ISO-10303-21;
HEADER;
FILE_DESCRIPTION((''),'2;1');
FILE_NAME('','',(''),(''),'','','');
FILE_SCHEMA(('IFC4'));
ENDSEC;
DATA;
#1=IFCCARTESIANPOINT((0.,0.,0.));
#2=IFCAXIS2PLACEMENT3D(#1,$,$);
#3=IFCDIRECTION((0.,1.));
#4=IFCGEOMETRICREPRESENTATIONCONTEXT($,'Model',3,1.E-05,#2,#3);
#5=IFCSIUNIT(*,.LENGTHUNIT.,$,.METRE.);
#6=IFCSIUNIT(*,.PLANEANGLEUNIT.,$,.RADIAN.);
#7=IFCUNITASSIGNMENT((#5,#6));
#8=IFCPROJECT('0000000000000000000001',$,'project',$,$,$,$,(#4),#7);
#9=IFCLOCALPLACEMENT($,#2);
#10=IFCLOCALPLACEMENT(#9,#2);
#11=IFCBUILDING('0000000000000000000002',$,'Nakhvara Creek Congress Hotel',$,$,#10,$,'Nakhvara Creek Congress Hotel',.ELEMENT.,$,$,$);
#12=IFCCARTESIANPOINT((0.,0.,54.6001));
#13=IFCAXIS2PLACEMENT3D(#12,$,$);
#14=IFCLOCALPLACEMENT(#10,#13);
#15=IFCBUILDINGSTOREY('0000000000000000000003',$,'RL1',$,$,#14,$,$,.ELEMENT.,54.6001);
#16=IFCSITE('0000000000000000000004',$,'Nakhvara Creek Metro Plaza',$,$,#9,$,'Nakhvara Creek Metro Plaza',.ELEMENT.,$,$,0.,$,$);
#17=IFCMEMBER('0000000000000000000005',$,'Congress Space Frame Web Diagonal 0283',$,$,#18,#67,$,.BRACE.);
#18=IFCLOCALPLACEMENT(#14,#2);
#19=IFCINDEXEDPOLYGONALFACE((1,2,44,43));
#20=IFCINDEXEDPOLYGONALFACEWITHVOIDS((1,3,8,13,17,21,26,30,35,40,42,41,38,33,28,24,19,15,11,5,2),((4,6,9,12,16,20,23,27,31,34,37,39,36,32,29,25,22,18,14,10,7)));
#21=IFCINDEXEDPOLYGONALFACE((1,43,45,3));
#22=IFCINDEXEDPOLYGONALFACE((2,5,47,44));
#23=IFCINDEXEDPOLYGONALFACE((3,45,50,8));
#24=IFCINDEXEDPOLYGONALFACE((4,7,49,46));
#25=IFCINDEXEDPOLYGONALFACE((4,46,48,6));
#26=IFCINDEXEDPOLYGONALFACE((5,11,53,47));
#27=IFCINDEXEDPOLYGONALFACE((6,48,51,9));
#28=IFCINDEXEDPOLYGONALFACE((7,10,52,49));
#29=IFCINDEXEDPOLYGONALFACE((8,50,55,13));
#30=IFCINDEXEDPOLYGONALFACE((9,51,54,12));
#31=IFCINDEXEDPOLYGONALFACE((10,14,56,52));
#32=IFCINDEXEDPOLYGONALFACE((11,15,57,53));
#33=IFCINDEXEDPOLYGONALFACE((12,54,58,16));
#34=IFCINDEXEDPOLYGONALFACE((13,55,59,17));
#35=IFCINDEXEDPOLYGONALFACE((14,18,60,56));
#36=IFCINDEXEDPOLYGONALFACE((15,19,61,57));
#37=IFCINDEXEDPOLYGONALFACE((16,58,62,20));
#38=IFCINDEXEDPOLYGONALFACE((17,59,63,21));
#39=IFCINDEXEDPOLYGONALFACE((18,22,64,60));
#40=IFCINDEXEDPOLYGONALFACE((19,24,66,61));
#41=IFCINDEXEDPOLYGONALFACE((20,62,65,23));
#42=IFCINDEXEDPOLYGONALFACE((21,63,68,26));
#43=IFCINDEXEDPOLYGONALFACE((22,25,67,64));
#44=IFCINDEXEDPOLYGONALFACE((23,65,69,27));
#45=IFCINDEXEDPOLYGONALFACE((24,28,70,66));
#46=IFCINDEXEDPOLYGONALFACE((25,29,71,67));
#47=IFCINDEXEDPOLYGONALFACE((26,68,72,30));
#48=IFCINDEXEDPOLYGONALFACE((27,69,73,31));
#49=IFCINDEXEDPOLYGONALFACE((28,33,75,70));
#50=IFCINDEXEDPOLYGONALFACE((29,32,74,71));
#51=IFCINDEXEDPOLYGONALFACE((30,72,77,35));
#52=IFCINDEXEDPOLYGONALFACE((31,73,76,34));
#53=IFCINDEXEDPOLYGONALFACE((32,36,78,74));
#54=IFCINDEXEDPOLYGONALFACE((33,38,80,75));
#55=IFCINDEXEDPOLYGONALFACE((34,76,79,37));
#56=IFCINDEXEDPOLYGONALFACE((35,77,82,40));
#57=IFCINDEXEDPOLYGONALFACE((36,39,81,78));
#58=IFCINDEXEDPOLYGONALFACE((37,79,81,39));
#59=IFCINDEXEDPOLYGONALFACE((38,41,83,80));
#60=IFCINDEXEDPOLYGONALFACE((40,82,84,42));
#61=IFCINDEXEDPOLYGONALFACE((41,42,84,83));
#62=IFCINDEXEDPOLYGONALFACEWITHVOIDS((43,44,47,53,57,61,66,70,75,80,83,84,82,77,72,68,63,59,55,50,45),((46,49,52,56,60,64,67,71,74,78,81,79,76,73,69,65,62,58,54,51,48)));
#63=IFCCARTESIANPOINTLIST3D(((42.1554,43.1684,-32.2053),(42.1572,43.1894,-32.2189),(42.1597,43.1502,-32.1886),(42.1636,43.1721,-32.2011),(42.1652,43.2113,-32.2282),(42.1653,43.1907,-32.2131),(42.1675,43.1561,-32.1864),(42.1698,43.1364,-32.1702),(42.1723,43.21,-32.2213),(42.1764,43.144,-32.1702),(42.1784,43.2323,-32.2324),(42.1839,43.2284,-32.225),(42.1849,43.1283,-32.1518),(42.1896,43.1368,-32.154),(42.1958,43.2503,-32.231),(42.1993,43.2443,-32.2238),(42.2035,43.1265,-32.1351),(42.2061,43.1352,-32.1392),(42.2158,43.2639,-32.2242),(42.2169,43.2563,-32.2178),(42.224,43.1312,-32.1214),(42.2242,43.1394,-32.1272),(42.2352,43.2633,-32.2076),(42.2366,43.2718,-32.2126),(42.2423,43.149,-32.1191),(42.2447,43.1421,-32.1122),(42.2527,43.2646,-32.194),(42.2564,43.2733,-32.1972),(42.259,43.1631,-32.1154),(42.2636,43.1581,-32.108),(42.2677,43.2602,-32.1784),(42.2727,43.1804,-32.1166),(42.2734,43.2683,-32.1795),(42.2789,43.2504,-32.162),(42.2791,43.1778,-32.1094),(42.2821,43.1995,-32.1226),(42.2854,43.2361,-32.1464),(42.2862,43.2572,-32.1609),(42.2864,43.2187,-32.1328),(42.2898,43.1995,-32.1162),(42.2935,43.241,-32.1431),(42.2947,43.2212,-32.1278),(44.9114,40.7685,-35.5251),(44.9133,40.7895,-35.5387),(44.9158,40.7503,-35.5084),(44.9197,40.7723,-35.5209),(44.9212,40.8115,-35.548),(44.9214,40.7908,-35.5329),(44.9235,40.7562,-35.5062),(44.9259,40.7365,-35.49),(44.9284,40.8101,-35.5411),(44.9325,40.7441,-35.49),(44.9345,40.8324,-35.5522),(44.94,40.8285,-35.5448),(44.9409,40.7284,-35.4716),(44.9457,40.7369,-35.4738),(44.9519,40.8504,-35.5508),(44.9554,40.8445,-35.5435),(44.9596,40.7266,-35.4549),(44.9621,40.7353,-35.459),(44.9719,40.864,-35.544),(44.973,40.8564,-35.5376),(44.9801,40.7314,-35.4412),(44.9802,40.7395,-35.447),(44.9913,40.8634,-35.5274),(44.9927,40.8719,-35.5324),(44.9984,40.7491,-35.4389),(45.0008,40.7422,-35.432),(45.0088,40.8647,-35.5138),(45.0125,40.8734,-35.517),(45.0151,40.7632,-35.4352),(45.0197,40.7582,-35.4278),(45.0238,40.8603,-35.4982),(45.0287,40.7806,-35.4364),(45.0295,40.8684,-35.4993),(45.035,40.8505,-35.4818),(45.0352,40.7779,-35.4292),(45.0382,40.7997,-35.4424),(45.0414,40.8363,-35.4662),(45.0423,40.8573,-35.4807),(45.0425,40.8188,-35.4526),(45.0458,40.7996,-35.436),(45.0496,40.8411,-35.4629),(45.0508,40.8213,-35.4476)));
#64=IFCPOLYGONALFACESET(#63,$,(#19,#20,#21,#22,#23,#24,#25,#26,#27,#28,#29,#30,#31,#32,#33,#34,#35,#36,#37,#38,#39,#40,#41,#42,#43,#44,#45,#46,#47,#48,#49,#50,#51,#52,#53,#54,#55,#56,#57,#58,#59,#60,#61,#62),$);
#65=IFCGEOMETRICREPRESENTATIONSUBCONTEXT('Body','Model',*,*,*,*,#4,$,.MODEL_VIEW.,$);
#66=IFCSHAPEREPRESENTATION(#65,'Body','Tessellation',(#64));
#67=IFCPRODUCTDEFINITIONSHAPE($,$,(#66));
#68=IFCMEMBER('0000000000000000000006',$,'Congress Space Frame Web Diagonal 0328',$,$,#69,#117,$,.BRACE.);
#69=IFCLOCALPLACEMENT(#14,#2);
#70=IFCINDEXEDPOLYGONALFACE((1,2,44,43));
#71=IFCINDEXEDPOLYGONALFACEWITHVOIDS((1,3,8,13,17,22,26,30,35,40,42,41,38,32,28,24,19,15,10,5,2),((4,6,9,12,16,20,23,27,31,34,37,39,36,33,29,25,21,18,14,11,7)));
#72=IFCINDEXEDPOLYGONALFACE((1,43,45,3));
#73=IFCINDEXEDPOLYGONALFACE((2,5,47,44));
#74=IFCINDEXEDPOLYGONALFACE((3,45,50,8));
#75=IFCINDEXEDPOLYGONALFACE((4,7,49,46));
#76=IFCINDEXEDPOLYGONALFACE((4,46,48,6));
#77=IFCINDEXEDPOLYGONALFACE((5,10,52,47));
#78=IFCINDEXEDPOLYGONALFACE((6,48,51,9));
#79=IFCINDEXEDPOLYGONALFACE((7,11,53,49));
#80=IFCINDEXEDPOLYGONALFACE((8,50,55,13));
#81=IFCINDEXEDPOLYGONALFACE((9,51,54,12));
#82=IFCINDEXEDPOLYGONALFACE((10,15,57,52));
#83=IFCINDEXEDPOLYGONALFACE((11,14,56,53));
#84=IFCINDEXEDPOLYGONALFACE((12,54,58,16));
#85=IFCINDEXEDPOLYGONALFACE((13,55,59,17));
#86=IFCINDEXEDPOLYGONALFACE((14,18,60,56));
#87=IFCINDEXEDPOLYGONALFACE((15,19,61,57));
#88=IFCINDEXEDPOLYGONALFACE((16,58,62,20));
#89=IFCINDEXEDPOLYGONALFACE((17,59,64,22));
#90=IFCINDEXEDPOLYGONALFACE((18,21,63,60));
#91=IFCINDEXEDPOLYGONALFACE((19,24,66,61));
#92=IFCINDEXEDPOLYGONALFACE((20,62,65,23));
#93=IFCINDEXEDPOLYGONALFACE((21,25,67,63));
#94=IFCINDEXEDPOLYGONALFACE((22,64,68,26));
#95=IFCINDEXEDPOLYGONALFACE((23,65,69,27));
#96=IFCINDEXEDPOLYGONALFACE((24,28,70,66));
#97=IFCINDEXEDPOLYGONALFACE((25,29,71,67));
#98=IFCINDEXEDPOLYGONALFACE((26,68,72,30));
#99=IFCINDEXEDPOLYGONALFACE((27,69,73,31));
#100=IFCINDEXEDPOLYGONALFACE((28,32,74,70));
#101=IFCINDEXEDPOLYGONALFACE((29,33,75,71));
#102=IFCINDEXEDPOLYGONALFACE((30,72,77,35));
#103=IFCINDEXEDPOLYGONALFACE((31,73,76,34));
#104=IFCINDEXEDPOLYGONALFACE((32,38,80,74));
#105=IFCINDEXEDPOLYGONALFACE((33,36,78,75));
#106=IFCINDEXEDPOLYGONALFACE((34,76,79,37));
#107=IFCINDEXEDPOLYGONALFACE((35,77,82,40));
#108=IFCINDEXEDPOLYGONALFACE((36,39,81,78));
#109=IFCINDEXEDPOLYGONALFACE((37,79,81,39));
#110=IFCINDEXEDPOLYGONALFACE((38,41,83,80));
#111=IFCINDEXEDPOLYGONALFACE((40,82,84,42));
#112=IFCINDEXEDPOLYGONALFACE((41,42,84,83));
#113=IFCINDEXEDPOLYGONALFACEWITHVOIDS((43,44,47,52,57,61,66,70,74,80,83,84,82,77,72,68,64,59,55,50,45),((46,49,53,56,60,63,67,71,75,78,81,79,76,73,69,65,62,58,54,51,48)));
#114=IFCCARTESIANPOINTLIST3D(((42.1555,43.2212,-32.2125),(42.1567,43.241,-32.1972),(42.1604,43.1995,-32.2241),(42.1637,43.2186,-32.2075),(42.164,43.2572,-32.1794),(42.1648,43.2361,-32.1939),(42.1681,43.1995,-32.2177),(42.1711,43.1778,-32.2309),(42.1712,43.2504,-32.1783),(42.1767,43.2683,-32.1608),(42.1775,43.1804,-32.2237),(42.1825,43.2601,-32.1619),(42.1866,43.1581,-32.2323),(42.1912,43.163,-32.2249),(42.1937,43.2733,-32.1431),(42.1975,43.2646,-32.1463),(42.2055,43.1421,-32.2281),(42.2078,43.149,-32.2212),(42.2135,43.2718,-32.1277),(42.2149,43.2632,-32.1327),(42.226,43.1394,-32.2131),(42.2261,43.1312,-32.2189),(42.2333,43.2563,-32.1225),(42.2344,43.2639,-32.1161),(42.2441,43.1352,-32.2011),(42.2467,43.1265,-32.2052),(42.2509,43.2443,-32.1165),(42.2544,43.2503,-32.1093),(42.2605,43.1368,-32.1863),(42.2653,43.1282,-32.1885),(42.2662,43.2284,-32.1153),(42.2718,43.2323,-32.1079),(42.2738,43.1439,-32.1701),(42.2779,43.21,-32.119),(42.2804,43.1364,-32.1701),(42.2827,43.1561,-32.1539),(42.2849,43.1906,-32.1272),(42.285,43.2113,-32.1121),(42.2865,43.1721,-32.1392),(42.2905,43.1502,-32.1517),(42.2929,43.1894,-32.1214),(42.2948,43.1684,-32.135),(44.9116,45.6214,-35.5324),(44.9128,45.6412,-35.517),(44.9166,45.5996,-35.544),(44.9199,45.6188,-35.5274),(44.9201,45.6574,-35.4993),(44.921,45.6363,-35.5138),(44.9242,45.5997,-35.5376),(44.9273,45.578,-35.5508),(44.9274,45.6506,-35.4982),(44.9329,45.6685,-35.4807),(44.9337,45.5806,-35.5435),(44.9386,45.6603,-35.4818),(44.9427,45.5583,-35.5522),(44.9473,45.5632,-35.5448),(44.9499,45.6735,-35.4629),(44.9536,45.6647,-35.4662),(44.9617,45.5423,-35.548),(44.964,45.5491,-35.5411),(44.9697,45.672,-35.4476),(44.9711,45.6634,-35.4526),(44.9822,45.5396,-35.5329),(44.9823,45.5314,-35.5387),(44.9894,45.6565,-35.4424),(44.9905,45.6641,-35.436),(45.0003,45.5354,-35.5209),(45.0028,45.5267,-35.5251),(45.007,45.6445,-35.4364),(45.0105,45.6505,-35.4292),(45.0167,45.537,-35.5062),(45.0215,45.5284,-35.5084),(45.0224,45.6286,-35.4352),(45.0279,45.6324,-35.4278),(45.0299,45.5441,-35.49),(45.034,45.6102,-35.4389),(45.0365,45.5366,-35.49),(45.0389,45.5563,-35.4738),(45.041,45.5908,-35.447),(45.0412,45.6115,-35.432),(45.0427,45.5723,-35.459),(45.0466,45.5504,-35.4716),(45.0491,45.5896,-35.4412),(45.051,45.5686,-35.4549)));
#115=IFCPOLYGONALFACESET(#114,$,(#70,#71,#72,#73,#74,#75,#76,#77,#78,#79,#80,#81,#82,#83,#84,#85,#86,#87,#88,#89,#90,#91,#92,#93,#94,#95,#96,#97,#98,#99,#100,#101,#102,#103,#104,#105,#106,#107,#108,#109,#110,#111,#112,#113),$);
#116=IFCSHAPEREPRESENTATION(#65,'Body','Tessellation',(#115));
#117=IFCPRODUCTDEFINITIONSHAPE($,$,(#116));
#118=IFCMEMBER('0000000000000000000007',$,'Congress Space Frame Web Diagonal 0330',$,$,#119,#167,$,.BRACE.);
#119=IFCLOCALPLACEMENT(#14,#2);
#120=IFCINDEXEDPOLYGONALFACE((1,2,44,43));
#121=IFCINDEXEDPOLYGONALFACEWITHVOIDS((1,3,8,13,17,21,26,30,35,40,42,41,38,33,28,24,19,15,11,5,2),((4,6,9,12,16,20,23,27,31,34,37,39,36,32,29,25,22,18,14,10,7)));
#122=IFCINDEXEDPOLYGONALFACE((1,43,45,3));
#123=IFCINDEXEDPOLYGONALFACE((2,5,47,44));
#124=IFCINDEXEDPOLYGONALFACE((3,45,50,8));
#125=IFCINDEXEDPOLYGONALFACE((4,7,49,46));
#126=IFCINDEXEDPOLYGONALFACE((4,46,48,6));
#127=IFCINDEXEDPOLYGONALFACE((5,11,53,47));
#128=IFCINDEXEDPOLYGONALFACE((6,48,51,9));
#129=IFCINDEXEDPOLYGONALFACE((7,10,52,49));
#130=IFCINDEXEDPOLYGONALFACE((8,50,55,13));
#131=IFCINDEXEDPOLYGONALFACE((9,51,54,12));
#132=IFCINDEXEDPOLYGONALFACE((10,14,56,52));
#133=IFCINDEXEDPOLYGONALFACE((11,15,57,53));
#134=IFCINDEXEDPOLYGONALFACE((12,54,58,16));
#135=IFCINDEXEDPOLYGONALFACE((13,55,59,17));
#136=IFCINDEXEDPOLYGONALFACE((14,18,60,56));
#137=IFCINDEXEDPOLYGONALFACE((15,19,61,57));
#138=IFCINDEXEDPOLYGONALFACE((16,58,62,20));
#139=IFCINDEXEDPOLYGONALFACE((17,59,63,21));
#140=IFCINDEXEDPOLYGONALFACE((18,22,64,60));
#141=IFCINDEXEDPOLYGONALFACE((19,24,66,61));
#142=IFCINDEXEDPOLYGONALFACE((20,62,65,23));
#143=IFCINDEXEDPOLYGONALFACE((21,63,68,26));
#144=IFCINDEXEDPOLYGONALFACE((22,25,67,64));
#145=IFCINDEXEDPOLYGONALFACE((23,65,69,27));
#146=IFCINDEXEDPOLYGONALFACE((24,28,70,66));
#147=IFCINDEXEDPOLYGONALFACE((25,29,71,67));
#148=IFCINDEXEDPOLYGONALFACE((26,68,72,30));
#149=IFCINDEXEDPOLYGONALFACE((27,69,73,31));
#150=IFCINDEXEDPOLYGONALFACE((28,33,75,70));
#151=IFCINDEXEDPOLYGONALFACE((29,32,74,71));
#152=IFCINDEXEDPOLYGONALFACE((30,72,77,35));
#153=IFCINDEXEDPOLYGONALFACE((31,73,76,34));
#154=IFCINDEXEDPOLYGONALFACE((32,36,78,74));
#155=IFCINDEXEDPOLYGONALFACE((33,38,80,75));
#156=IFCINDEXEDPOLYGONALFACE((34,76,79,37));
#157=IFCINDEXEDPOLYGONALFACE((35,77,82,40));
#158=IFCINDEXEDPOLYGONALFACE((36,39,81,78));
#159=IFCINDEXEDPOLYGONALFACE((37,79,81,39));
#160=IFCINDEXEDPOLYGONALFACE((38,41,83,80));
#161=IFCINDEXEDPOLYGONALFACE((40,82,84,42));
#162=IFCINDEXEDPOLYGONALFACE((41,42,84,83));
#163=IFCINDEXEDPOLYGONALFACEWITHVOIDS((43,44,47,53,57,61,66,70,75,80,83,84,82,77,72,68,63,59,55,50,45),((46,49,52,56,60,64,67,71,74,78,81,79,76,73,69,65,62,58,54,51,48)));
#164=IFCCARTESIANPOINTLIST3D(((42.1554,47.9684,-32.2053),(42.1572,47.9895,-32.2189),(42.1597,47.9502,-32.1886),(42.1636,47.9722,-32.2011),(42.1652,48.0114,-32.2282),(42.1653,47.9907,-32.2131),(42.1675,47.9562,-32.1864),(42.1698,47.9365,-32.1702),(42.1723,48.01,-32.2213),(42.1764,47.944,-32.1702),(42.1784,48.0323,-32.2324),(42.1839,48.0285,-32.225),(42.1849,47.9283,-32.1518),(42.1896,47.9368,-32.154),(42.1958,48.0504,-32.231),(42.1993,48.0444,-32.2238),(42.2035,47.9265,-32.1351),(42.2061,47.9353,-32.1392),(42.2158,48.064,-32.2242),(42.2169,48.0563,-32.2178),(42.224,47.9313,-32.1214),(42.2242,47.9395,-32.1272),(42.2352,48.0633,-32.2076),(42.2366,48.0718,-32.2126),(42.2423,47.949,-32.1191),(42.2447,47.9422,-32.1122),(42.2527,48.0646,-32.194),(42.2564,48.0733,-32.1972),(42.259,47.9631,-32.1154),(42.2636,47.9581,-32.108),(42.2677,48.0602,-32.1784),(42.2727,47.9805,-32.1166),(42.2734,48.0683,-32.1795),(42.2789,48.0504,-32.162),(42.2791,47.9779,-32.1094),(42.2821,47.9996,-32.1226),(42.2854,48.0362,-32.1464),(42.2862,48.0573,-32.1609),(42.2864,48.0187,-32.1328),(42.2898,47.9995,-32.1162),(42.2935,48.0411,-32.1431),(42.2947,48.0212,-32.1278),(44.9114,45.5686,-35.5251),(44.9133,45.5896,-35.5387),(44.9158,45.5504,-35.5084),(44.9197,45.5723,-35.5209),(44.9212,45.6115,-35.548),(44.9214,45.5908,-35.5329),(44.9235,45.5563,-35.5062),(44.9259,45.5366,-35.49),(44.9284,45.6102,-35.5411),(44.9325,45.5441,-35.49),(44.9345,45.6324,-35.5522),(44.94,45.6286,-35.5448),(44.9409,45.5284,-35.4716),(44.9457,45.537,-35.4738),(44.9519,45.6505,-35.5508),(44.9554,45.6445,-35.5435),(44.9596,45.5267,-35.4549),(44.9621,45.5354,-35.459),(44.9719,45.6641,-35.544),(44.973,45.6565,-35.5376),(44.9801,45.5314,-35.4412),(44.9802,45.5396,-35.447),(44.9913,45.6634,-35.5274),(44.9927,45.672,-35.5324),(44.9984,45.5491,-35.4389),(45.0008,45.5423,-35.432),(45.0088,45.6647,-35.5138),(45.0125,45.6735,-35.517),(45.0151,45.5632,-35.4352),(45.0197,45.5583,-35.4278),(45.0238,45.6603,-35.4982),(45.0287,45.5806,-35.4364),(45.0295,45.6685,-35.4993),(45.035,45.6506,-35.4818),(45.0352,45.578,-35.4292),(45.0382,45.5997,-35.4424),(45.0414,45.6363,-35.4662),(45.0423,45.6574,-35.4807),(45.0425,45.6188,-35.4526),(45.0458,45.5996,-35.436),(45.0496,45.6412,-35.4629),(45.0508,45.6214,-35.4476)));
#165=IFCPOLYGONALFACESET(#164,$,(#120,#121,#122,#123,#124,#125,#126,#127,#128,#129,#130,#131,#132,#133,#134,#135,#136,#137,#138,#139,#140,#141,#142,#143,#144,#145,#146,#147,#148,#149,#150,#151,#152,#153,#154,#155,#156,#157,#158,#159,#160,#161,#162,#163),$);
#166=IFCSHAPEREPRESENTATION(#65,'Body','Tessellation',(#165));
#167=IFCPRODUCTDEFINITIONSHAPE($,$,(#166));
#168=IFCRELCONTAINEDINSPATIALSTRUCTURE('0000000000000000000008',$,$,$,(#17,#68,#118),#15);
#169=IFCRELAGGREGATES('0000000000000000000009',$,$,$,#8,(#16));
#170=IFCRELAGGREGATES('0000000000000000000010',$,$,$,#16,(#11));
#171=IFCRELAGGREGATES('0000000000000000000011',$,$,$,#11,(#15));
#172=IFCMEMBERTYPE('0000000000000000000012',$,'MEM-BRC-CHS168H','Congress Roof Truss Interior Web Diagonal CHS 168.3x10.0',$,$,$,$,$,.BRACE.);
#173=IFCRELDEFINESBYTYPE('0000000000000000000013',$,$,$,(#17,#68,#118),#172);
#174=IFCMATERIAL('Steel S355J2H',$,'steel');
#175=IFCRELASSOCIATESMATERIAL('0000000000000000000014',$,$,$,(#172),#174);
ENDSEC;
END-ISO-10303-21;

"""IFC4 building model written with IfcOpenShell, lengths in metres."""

from ifc_helpers import new_model, si_unit, direction, frame, origin, origin_2d, place, context, subcontext, project, spatial, hollow_circle, extrude, material, material_profile, profile_set, type_object, element, save


model = new_model("IFC4")

# Units and contexts
model_context = context("Model", 3, precision=1e-05, world=origin(), true_north=direction((0.0, 1.0)))
body_context = subcontext(model_context, "Body", "Model", "MODEL_VIEW")
ifc_project = project(units=[si_unit("LENGTHUNIT", "METRE"), si_unit("PLANEANGLEUNIT", "RADIAN")], contexts=[model_context])

# Site, building, storey
site_placement = place(None, origin())
site = spatial("IfcSite", under=ifc_project, at=site_placement, Name="Nakhvara Creek Metro Plaza", LongName="Nakhvara Creek Metro Plaza", CompositionType="ELEMENT", RefElevation=0.0)
building_placement = place(site_placement, origin())
building = spatial("IfcBuilding", under=site, at=building_placement, Name="Nakhvara Creek Congress Hotel", LongName="Nakhvara Creek Congress Hotel", CompositionType="ELEMENT")
storey_placement = place(building_placement, frame((0.0, 0.0, 54.6001)))
storey = spatial("IfcBuildingStorey", under=building, at=storey_placement, Name="RL1", CompositionType="ELEMENT", Elevation=54.6001)

# Members
ifc_material_1 = material(Name="Steel S355J2H", Category="steel")
ifc_material_profile_1 = material_profile(ifc_material_1, hollow_circle(Radius=0.0842, WallThickness=0.01, at=origin_2d()), Name="CHS 168.3x10.0", Category="LoadBearing")
ifc_profile_set_1 = profile_set([ifc_material_profile_1], Name="Steel S355J2H")
member_type_1 = type_object("IfcMemberType", Name="MEM-BRC-CHS168H", Description="Congress Roof Truss Interior Web Diagonal CHS 168.3x10.0", PredefinedType="BRACE", material=ifc_profile_set_1)
member_1_placement = place(storey_placement, frame((44.9812, 40.8, -35.49), z_axis=(-0.558221, 0.486076, 0.672398), x_axis=(-0.656691, -0.75416, 0.0)))
element("IfcMember", 1, at=member_1_placement, inside=storey, type_object=member_type_1, Name="Congress Space Frame Web Diagonal 0283", PredefinedType="BRACE", context=body_context, shape_type="SweptSolid", body=[
    extrude(hollow_circle(Radius=0.0842, WallThickness=0.01, at=origin_2d()), origin(), (0.0, 0.0, 1.0), 4.9373),
])
member_2_placement = place(storey_placement, frame((44.9812, 45.6001, -35.49), z_axis=(-0.558208, -0.486114, 0.672381), x_axis=(0.656729, -0.754126, 0.0)))
element("IfcMember", 2, at=member_2_placement, inside=storey, type_object=member_type_1, Name="Congress Space Frame Web Diagonal 0328", PredefinedType="BRACE", context=body_context, shape_type="SweptSolid", body=[
    extrude(hollow_circle(Radius=0.0842, WallThickness=0.01, at=origin_2d()), origin(), (0.0, 0.0, 1.0), 4.9375),
])
member_3_placement = place(storey_placement, frame((44.9812, 45.6001, -35.49), z_axis=(-0.558221, 0.486076, 0.672398), x_axis=(-0.656691, -0.75416, 0.0)))
element("IfcMember", 3, at=member_3_placement, inside=storey, type_object=member_type_1, Name="Congress Space Frame Web Diagonal 0330", PredefinedType="BRACE", context=body_context, shape_type="SweptSolid", body=[
    extrude(hollow_circle(Radius=0.0842, WallThickness=0.01, at=origin_2d()), origin(), (0.0, 0.0, 1.0), 4.9373),
])

save(model, "model.ifc")
